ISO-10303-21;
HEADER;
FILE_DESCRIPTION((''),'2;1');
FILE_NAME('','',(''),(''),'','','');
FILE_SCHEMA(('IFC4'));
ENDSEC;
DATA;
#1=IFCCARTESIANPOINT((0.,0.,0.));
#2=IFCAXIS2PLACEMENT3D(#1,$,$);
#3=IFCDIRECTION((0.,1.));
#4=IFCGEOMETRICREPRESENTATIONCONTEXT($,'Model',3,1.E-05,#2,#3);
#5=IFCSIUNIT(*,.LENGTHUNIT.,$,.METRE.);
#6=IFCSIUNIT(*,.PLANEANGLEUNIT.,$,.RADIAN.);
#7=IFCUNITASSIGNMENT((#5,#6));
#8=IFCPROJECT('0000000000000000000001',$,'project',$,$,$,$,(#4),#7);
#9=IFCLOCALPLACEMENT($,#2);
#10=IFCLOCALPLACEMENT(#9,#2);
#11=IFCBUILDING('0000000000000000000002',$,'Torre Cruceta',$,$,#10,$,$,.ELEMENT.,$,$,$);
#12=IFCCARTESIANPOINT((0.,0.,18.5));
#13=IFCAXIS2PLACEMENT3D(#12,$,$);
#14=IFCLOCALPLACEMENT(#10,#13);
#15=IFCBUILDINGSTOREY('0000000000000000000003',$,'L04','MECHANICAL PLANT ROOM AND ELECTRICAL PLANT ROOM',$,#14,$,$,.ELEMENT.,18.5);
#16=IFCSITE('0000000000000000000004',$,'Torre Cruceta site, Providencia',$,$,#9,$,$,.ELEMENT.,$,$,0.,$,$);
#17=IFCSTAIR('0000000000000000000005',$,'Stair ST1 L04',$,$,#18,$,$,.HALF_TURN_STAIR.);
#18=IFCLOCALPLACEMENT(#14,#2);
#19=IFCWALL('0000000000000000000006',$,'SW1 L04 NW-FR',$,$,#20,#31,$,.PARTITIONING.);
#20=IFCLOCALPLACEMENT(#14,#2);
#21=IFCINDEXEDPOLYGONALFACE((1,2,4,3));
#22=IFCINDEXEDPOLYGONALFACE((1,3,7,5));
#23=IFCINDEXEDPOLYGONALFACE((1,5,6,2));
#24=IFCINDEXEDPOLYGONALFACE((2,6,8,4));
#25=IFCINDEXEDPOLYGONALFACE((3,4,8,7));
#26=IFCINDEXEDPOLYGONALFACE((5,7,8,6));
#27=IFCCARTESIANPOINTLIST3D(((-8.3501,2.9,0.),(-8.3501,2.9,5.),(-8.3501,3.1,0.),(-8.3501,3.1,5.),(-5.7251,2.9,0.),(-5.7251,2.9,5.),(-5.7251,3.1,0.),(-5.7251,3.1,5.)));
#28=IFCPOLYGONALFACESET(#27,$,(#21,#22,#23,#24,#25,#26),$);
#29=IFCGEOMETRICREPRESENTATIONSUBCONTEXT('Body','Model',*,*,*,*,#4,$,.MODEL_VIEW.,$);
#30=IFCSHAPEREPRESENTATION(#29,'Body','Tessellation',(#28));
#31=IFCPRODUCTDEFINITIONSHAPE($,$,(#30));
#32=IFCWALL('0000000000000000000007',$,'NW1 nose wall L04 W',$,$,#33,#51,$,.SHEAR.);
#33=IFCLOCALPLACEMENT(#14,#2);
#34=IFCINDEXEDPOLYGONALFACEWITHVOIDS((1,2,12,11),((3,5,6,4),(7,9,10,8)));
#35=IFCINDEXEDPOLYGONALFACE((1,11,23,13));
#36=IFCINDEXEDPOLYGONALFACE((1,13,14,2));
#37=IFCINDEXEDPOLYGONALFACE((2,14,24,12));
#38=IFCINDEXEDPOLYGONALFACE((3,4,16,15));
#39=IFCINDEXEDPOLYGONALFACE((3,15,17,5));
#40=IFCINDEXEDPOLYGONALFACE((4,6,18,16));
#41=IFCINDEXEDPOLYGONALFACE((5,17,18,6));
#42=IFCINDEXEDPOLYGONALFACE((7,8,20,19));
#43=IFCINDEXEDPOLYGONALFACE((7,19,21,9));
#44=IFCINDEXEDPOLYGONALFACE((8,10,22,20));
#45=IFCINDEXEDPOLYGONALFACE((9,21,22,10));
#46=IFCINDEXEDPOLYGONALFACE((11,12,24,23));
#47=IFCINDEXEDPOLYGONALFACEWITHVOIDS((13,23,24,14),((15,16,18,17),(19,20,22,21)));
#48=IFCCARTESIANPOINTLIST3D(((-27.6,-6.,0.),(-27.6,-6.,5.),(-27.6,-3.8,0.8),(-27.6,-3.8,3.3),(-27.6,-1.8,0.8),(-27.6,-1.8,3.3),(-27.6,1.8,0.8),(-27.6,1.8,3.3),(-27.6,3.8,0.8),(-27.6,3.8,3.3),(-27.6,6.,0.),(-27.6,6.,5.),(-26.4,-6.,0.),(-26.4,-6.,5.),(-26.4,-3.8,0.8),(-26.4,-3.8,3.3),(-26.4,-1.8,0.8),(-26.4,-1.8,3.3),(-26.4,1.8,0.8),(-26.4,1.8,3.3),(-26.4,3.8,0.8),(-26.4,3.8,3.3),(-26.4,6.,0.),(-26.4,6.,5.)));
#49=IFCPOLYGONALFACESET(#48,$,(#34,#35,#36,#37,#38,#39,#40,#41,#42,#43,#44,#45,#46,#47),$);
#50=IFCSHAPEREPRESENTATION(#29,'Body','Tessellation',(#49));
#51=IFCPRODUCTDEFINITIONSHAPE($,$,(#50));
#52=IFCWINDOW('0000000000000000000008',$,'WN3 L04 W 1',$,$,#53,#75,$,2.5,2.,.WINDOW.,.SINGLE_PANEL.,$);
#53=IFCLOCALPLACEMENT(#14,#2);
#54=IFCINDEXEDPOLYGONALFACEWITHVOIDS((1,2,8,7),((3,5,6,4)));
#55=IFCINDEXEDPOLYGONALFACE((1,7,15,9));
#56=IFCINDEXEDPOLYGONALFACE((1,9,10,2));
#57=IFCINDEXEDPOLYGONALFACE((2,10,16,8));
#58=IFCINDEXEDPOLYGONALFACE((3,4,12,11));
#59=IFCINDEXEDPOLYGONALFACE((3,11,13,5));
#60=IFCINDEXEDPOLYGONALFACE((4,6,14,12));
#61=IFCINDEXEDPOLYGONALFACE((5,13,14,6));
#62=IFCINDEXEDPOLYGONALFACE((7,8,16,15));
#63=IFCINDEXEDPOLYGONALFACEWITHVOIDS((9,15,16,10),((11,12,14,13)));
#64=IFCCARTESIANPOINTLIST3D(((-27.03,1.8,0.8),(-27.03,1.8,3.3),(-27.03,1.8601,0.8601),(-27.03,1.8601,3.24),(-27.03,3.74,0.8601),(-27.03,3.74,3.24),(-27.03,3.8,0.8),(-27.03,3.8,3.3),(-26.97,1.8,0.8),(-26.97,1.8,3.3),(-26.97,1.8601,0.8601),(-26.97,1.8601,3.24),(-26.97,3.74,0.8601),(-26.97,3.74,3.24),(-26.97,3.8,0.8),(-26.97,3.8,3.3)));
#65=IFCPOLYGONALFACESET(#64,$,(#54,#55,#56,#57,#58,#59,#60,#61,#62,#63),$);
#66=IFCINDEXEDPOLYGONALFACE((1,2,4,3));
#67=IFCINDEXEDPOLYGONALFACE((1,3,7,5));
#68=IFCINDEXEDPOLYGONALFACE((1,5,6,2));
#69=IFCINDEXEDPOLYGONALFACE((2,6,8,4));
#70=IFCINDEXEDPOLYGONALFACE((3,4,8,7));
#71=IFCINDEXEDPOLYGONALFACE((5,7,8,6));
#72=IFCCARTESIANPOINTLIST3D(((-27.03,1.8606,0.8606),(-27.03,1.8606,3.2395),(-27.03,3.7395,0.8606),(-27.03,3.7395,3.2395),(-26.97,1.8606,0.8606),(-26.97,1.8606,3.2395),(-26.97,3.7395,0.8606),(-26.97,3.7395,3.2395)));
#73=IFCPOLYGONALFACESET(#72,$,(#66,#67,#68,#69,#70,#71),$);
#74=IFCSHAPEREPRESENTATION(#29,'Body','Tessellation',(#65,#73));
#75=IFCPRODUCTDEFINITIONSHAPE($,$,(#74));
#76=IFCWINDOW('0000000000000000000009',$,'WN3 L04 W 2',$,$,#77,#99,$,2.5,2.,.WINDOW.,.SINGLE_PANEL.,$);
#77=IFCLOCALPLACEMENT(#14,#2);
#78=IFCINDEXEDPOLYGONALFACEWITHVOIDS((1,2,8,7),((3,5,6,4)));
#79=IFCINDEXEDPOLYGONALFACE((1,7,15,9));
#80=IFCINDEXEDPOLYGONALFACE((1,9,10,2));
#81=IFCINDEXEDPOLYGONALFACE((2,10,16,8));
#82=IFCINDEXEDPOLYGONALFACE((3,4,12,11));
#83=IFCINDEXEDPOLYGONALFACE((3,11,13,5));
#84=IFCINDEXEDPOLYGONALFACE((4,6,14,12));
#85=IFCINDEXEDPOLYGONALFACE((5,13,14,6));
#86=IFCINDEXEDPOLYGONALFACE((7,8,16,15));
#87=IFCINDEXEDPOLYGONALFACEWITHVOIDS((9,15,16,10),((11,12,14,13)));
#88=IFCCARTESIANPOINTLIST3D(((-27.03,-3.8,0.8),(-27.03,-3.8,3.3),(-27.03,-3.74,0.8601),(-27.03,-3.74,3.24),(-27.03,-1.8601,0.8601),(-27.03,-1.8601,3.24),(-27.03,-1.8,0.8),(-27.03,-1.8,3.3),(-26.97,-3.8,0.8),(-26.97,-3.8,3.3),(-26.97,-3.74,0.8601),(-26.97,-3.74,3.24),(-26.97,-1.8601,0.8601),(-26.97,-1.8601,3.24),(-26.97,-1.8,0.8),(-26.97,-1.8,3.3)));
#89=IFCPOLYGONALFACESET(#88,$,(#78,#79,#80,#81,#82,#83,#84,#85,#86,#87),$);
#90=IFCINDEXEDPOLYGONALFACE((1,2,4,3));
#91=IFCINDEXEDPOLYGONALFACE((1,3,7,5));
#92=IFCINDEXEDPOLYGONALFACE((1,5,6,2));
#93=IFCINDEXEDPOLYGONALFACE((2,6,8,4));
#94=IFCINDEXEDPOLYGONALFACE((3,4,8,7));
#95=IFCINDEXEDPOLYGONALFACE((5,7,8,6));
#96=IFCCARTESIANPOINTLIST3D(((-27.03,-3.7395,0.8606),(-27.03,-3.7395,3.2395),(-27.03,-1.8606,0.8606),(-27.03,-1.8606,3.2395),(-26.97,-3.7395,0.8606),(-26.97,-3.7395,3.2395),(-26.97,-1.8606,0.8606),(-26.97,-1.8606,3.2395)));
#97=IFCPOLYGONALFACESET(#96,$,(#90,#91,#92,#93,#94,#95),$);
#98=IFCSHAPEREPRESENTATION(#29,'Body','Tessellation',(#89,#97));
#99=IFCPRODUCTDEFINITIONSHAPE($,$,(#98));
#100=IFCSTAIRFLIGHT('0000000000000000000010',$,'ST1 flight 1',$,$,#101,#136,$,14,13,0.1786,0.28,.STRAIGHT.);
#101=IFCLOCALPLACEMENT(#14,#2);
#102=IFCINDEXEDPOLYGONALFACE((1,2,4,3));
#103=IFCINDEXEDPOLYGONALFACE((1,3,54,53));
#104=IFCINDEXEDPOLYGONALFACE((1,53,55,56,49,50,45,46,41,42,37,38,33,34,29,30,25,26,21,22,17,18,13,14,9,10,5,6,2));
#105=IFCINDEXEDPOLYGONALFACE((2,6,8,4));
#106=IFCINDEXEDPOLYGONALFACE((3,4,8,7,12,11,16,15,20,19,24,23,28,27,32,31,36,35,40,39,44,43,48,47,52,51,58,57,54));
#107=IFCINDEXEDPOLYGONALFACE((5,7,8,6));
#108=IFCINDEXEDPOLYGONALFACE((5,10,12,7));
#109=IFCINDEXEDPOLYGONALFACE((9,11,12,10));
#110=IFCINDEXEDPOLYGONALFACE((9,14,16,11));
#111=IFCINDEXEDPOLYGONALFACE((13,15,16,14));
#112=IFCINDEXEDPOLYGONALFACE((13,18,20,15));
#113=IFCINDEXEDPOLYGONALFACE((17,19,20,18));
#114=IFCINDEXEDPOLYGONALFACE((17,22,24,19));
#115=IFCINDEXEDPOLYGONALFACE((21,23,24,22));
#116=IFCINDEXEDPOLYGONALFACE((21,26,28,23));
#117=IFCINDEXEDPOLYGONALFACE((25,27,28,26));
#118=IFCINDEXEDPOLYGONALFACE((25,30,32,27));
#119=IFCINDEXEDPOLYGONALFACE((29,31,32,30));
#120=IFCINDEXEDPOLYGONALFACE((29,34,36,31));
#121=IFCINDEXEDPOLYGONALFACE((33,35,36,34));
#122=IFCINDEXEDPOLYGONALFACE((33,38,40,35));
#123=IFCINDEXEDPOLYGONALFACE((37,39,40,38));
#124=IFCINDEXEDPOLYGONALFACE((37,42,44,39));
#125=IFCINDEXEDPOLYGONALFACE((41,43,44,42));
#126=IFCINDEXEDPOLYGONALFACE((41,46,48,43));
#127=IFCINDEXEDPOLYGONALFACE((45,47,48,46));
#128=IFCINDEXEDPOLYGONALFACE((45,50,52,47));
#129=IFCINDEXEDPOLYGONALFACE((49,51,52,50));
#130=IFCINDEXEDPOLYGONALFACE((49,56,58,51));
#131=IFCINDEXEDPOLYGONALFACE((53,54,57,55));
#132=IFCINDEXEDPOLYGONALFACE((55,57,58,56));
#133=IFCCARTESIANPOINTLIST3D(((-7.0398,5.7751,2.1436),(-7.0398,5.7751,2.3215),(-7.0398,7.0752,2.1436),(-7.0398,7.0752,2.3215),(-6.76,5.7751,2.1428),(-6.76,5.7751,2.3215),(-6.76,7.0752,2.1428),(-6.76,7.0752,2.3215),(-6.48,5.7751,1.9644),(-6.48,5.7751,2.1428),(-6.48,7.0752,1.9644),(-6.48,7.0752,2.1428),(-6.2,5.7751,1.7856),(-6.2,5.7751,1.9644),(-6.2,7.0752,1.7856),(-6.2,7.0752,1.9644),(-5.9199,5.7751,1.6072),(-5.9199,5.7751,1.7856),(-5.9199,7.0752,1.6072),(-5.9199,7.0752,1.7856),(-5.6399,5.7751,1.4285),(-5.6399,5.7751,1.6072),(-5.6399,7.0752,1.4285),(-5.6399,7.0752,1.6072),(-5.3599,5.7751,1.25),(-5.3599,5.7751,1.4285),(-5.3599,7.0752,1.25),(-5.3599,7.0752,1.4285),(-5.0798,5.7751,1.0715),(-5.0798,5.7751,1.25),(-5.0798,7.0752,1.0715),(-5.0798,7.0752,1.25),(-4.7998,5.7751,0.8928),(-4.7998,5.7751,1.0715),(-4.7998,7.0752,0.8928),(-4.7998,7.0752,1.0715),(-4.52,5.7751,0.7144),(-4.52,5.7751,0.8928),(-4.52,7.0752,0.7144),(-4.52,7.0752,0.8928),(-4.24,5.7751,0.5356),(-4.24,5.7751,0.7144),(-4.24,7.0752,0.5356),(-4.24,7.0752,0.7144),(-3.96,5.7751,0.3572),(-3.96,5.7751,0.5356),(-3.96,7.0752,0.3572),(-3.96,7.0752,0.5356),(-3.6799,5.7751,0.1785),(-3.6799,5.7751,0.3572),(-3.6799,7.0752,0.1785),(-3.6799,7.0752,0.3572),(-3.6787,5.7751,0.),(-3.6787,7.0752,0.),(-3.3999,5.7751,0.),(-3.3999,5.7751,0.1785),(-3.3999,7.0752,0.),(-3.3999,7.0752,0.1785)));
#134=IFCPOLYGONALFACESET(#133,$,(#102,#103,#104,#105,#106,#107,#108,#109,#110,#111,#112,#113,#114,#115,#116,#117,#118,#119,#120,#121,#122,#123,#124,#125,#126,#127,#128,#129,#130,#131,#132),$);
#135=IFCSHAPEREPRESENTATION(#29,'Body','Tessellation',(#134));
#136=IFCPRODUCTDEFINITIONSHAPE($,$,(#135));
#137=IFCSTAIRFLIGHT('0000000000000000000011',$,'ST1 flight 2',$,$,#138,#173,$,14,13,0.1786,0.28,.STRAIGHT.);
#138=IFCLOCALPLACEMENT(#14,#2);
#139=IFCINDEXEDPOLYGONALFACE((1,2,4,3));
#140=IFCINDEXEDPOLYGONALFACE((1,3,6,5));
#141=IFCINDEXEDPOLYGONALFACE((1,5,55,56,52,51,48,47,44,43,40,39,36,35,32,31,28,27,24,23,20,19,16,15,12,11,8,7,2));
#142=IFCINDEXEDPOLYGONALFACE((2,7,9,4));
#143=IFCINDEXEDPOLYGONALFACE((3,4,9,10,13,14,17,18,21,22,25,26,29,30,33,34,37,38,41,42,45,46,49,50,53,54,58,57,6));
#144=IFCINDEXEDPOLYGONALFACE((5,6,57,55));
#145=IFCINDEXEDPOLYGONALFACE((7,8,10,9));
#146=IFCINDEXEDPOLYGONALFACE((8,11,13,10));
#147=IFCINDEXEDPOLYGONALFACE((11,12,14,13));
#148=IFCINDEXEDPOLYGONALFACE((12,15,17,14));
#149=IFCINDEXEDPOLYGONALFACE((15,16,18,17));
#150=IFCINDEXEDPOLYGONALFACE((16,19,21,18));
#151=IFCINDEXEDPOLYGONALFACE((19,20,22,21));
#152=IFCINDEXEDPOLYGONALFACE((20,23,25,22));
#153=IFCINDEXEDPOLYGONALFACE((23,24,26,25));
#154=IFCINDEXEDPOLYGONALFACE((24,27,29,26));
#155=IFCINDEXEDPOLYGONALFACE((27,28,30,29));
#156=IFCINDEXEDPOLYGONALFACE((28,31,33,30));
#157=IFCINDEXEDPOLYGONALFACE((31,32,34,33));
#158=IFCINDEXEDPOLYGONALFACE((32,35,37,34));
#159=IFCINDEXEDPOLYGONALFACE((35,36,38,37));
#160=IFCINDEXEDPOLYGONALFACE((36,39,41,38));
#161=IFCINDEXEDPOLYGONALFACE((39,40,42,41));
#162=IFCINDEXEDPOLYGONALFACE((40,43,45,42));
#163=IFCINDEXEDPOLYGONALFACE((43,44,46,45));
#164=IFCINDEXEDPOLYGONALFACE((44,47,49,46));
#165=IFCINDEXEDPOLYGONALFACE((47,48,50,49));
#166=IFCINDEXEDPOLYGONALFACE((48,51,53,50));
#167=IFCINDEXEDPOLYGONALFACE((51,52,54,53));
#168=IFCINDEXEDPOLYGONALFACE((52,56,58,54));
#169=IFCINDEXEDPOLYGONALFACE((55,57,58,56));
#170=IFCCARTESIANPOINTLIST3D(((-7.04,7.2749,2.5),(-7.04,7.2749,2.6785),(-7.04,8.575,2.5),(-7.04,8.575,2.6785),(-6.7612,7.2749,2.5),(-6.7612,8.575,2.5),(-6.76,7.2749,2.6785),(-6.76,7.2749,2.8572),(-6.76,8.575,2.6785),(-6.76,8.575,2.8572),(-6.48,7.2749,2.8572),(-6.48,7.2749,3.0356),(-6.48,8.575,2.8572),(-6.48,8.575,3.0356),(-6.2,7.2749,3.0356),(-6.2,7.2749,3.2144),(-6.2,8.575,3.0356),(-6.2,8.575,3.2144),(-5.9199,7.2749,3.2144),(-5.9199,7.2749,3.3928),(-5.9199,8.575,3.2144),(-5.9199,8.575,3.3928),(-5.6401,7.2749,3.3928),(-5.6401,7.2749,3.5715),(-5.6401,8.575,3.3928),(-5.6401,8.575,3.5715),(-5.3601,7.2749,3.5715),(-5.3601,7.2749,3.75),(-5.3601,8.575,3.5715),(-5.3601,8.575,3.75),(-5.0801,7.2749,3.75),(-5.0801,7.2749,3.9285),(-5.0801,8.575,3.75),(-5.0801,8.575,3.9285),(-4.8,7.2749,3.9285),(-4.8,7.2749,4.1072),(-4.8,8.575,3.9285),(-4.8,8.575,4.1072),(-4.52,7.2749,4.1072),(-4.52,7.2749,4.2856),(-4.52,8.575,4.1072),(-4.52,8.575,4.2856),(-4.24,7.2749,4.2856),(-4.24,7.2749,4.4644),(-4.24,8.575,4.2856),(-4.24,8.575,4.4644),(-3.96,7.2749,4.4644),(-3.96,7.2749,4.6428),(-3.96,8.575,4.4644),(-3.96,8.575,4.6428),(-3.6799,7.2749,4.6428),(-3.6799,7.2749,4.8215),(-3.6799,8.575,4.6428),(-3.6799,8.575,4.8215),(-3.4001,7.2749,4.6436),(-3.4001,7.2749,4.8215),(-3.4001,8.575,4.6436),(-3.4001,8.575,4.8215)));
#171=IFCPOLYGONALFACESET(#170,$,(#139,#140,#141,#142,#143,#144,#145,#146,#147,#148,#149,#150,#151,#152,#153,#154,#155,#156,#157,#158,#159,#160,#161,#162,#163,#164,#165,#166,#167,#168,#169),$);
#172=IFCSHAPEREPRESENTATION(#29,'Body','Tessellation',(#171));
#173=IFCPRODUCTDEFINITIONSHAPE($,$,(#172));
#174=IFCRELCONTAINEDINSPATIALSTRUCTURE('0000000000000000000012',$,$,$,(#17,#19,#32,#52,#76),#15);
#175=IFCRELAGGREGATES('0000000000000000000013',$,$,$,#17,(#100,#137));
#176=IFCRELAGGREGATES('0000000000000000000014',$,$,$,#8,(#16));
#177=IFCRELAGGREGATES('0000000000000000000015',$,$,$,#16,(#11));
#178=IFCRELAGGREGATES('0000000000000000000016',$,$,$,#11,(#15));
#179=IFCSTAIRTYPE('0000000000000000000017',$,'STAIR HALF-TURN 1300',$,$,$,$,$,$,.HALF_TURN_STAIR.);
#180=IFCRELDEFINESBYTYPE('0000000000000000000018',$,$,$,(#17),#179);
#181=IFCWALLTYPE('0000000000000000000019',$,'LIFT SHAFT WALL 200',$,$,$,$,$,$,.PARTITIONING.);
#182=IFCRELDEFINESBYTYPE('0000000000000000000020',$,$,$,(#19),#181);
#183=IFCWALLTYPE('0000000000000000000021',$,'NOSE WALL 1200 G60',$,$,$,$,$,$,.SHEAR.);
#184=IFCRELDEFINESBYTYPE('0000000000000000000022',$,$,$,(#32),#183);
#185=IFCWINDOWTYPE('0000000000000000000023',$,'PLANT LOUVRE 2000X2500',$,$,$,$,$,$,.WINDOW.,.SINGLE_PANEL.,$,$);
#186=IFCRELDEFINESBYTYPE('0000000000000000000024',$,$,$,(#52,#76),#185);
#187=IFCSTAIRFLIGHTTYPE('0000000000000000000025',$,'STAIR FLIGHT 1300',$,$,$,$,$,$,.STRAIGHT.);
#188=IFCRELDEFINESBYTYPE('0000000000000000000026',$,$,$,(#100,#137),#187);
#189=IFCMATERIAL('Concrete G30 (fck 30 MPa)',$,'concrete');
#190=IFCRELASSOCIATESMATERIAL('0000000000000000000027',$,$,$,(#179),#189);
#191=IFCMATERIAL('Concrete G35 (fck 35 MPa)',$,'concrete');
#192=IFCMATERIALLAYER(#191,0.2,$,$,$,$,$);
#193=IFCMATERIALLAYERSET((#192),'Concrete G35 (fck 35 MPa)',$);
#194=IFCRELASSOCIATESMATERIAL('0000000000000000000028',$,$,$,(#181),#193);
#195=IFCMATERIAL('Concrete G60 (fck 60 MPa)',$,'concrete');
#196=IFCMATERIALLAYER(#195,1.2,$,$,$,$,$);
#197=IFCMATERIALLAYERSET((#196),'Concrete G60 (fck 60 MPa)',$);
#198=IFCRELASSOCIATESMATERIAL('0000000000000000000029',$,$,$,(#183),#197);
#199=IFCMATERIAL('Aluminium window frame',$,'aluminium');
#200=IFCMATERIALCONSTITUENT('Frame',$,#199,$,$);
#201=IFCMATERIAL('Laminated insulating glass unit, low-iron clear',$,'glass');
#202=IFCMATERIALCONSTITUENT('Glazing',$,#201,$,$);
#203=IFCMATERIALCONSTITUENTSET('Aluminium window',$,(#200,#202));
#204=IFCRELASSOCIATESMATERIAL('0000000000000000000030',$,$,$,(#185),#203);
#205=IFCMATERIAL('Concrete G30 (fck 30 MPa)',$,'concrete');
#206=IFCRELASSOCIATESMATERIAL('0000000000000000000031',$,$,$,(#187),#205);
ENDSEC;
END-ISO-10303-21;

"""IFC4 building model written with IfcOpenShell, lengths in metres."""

from ifc_helpers import new_model, si_unit, direction, frame, frame_2d, origin, place, context, subcontext, project, spatial, polyline, rectangle, hollow_rectangle, outline, extrude, material, layer, layer_set, constituent, constituent_set, type_object, element, fill, aggregate, save


model = new_model("IFC4")

# Units and contexts
model_context = context("Model", 3, precision=1e-05, world=origin(), true_north=direction((0.0, 1.0)))
body_context = subcontext(model_context, "Body", "Model", "MODEL_VIEW")
ifc_project = project(units=[si_unit("LENGTHUNIT", "METRE"), si_unit("PLANEANGLEUNIT", "RADIAN")], contexts=[model_context])

# Site, building, storey
site_placement = place(None, origin())
site = spatial("IfcSite", under=ifc_project, at=site_placement, Name="Torre Cruceta site, Providencia", CompositionType="ELEMENT", RefElevation=0.0)
building_placement = place(site_placement, origin())
building = spatial("IfcBuilding", under=site, at=building_placement, Name="Torre Cruceta", CompositionType="ELEMENT")
storey_placement = place(building_placement, frame((0.0, 0.0, 18.5)))
storey = spatial("IfcBuildingStorey", under=building, at=storey_placement, Name="L04", Description="MECHANICAL PLANT ROOM AND ELECTRICAL PLANT ROOM", CompositionType="ELEMENT", Elevation=18.5)

# Stair
ifc_material_1 = material(Name="Concrete G30 (fck 30 MPa)", Category="concrete")
stair_type = type_object("IfcStairType", Name="STAIR HALF-TURN 1300", PredefinedType="HALF_TURN_STAIR", material=ifc_material_1)
stair_1_placement = place(storey_placement, origin())
stair_1 = element("IfcStair", 1, at=stair_1_placement, inside=storey, type_object=stair_type, Name="Stair ST1 L04", PredefinedType="HALF_TURN_STAIR")

# Wall
ifc_material_2 = material(Name="Concrete G35 (fck 35 MPa)", Category="concrete")
ifc_layer_1 = layer(ifc_material_2, 0.2)
ifc_layer_set_1 = layer_set([ifc_layer_1], Name="Concrete G35 (fck 35 MPa)")
wall_type_1 = type_object("IfcWallType", Name="LIFT SHAFT WALL 200", PredefinedType="PARTITIONING", material=ifc_layer_set_1)
wall_1_placement = place(storey_placement, frame((-5.7251, 3.0, 0.0), z_axis=(0.0, 0.0, 1.0), x_axis=(-1.0, 0.0, 0.0)))
element("IfcWall", 2, at=wall_1_placement, inside=storey, type_object=wall_type_1, Name="SW1 L04 NW-FR", PredefinedType="PARTITIONING", context=body_context, shape_type="SweptSolid", body=[
    extrude(rectangle(XDim=2.625, YDim=0.2, at=frame_2d((1.3125, 0.0))), origin(), (0.0, 0.0, 1.0), 5.0),
])

# Wall, openings, windows
ifc_material_3 = material(Name="Concrete G60 (fck 60 MPa)", Category="concrete")
ifc_layer_2 = layer(ifc_material_3, 1.2)
ifc_layer_set_2 = layer_set([ifc_layer_2], Name="Concrete G60 (fck 60 MPa)")
wall_type_2 = type_object("IfcWallType", Name="NOSE WALL 1200 G60", PredefinedType="SHEAR", material=ifc_layer_set_2)
wall_2_placement = place(storey_placement, frame((-27.0, 6.0, 0.0), z_axis=(0.0, 0.0, 1.0), x_axis=(0.0, -1.0, 0.0)))
wall_2 = element("IfcWall", 3, at=wall_2_placement, inside=storey, type_object=wall_type_2, Name="NW1 nose wall L04 W", PredefinedType="SHEAR", context=body_context, shape_type="SweptSolid", body=[
    extrude(rectangle(XDim=12.0, YDim=1.2, at=frame_2d((6.0, 0.0))), origin(), (0.0, 0.0, 1.0), 5.0),
])
opening_1_placement = place(wall_2_placement, frame((2.2, 0.0, 0.8)))
opening_1 = element("IfcOpeningElement", 4, at=opening_1_placement, cuts=wall_2, PredefinedType="OPENING", context=body_context, shape_type="SweptSolid", body=[
    extrude(rectangle(XDim=2.0, YDim=2.5, at=frame_2d((1.0, 1.25))), frame((0.0, 0.6099, 0.0), z_axis=(0.0, -1.0, 0.0), x_axis=(1.0, 0.0, 0.0)), (0.0, 0.0, 1.0), 1.22),
])
opening_2_placement = place(wall_2_placement, frame((7.8, 0.0, 0.8)))
opening_2 = element("IfcOpeningElement", 5, at=opening_2_placement, cuts=wall_2, PredefinedType="OPENING", context=body_context, shape_type="SweptSolid", body=[
    extrude(rectangle(XDim=2.0, YDim=2.5, at=frame_2d((1.0, 1.25))), frame((0.0, 0.6099, 0.0), z_axis=(0.0, -1.0, 0.0), x_axis=(1.0, 0.0, 0.0)), (0.0, 0.0, 1.0), 1.22),
])
ifc_material_4 = material(Name="Aluminium window frame", Category="aluminium")
ifc_constituent_1 = constituent(ifc_material_4, Name="Frame")
ifc_material_5 = material(Name="Laminated insulating glass unit, low-iron clear", Category="glass")
ifc_constituent_2 = constituent(ifc_material_5, Name="Glazing")
ifc_constituent_set_1 = constituent_set(constituents=[ifc_constituent_1, ifc_constituent_2], Name="Aluminium window")
window_type = type_object("IfcWindowType", Name="PLANT LOUVRE 2000X2500", PartitioningType="SINGLE_PANEL", PredefinedType="WINDOW", material=ifc_constituent_set_1)
window_1_placement = place(opening_1_placement, origin())
window_1 = element("IfcWindow", 6, at=window_1_placement, inside=storey, type_object=window_type, Name="WN3 L04 W 1", OverallHeight=2.5, OverallWidth=2.0, PartitioningType="SINGLE_PANEL", PredefinedType="WINDOW", context=body_context, shape_type="SweptSolid", body=[
    extrude(hollow_rectangle(XDim=2.0, YDim=2.5, WallThickness=0.0601, at=frame_2d((1.0, 1.25))), frame((0.0, 0.03, 0.0), z_axis=(0.0, -1.0, 0.0), x_axis=(1.0, 0.0, 0.0)), (0.0, 0.0, 1.0), 0.0601),
    extrude(rectangle(XDim=1.8789, YDim=2.3789, at=frame_2d((1.0, 1.25))), frame((0.0, 0.03, 0.0), z_axis=(0.0, -1.0, 0.0), x_axis=(1.0, 0.0, 0.0)), (0.0, 0.0, 1.0), 0.0601),
])
fill(opening_1, window_1)
window_2_placement = place(opening_2_placement, origin())
window_2 = element("IfcWindow", 7, at=window_2_placement, inside=storey, type_object=window_type, Name="WN3 L04 W 2", OverallHeight=2.5, OverallWidth=2.0, PartitioningType="SINGLE_PANEL", PredefinedType="WINDOW", context=body_context, shape_type="SweptSolid", body=[
    extrude(hollow_rectangle(XDim=2.0, YDim=2.5, WallThickness=0.0601, at=frame_2d((1.0, 1.25))), frame((0.0, 0.03, 0.0), z_axis=(0.0, -1.0, 0.0), x_axis=(1.0, 0.0, 0.0)), (0.0, 0.0, 1.0), 0.0601),
    extrude(rectangle(XDim=1.8789, YDim=2.3789, at=frame_2d((1.0, 1.25))), frame((0.0, 0.03, 0.0), z_axis=(0.0, -1.0, 0.0), x_axis=(1.0, 0.0, 0.0)), (0.0, 0.0, 1.0), 0.0601),
])
fill(opening_2, window_2)

# Stair flights
ifc_material_6 = material(Name="Concrete G30 (fck 30 MPa)", Category="concrete")
stair_flight_type = type_object("IfcStairFlightType", Name="STAIR FLIGHT 1300", PredefinedType="STRAIGHT", material=ifc_material_6)
stair_flight_1_placement = place(storey_placement, frame((-3.3999, 6.425, 0.0), z_axis=(0.0, 0.0, 1.0), x_axis=(-1.0, 0.0, 0.0)))
stair_flight_1 = element("IfcStairFlight", 8, at=stair_flight_1_placement, type_object=stair_flight_type, Name="ST1 flight 1", NumberOfRisers=14, NumberOfTreads=13, PredefinedType="STRAIGHT", RiserHeight=0.1786, TreadLength=0.28, context=body_context, shape_type="SweptSolid", body=[
    extrude(outline(polyline([(0.0, 0.0), (0.0, 0.1785), (0.28, 0.1785), (0.28, 0.3572), (0.5601, 0.3572), (0.5601, 0.5356), (0.8401, 0.5356), (0.8401, 0.7144), (1.1201, 0.7144), (1.1201, 0.8928), (1.3999, 0.8928), (1.3999, 1.0715), (1.6799, 1.0715), (1.6799, 1.25), (1.96, 1.25), (1.96, 1.4285), (2.24, 1.4285), (2.24, 1.6072), (2.52, 1.6072), (2.52, 1.7856), (2.8, 1.7856), (2.8, 1.9644), (3.0801, 1.9644), (3.0801, 2.1428), (3.3601, 2.1428), (3.3601, 2.3215), (3.6399, 2.3215), (3.6399, 2.5), (3.6399, 2.1436), (0.2788, 0.0), (0.0, 0.0)])), frame((0.0, 0.6499, 0.0), z_axis=(0.0, -1.0, 0.0), x_axis=(1.0, 0.0, 0.0)), (0.0, 0.0, 1.0), 1.3),
])
stair_flight_2_placement = place(storey_placement, frame((-7.04, 7.925, 2.5), z_axis=(0.0, 0.0, 1.0), x_axis=(1.0, 0.0, 0.0)))
stair_flight_2 = element("IfcStairFlight", 9, at=stair_flight_2_placement, type_object=stair_flight_type, Name="ST1 flight 2", NumberOfRisers=14, NumberOfTreads=13, PredefinedType="STRAIGHT", RiserHeight=0.1786, TreadLength=0.28, context=body_context, shape_type="SweptSolid", body=[
    extrude(outline(polyline([(0.0, 0.0), (0.0, 0.1785), (0.28, 0.1785), (0.28, 0.3572), (0.5601, 0.3572), (0.5601, 0.5356), (0.8401, 0.5356), (0.8401, 0.7144), (1.1201, 0.7144), (1.1201, 0.8928), (1.3999, 0.8928), (1.3999, 1.0715), (1.6799, 1.0715), (1.6799, 1.25), (1.96, 1.25), (1.96, 1.4285), (2.24, 1.4285), (2.24, 1.6072), (2.52, 1.6072), (2.52, 1.7856), (2.8, 1.7856), (2.8, 1.9644), (3.0801, 1.9644), (3.0801, 2.1428), (3.3601, 2.1428), (3.3601, 2.3215), (3.6399, 2.3215), (3.6399, 2.5), (3.6399, 2.1436), (0.2788, 0.0), (0.0, 0.0)])), frame((0.0, 0.6499, 0.0), z_axis=(0.0, -1.0, 0.0), x_axis=(1.0, 0.0, 0.0)), (0.0, 0.0, 1.0), 1.3),
])
aggregate(stair_1, [stair_flight_1, stair_flight_2])

save(model, "model.ifc")
